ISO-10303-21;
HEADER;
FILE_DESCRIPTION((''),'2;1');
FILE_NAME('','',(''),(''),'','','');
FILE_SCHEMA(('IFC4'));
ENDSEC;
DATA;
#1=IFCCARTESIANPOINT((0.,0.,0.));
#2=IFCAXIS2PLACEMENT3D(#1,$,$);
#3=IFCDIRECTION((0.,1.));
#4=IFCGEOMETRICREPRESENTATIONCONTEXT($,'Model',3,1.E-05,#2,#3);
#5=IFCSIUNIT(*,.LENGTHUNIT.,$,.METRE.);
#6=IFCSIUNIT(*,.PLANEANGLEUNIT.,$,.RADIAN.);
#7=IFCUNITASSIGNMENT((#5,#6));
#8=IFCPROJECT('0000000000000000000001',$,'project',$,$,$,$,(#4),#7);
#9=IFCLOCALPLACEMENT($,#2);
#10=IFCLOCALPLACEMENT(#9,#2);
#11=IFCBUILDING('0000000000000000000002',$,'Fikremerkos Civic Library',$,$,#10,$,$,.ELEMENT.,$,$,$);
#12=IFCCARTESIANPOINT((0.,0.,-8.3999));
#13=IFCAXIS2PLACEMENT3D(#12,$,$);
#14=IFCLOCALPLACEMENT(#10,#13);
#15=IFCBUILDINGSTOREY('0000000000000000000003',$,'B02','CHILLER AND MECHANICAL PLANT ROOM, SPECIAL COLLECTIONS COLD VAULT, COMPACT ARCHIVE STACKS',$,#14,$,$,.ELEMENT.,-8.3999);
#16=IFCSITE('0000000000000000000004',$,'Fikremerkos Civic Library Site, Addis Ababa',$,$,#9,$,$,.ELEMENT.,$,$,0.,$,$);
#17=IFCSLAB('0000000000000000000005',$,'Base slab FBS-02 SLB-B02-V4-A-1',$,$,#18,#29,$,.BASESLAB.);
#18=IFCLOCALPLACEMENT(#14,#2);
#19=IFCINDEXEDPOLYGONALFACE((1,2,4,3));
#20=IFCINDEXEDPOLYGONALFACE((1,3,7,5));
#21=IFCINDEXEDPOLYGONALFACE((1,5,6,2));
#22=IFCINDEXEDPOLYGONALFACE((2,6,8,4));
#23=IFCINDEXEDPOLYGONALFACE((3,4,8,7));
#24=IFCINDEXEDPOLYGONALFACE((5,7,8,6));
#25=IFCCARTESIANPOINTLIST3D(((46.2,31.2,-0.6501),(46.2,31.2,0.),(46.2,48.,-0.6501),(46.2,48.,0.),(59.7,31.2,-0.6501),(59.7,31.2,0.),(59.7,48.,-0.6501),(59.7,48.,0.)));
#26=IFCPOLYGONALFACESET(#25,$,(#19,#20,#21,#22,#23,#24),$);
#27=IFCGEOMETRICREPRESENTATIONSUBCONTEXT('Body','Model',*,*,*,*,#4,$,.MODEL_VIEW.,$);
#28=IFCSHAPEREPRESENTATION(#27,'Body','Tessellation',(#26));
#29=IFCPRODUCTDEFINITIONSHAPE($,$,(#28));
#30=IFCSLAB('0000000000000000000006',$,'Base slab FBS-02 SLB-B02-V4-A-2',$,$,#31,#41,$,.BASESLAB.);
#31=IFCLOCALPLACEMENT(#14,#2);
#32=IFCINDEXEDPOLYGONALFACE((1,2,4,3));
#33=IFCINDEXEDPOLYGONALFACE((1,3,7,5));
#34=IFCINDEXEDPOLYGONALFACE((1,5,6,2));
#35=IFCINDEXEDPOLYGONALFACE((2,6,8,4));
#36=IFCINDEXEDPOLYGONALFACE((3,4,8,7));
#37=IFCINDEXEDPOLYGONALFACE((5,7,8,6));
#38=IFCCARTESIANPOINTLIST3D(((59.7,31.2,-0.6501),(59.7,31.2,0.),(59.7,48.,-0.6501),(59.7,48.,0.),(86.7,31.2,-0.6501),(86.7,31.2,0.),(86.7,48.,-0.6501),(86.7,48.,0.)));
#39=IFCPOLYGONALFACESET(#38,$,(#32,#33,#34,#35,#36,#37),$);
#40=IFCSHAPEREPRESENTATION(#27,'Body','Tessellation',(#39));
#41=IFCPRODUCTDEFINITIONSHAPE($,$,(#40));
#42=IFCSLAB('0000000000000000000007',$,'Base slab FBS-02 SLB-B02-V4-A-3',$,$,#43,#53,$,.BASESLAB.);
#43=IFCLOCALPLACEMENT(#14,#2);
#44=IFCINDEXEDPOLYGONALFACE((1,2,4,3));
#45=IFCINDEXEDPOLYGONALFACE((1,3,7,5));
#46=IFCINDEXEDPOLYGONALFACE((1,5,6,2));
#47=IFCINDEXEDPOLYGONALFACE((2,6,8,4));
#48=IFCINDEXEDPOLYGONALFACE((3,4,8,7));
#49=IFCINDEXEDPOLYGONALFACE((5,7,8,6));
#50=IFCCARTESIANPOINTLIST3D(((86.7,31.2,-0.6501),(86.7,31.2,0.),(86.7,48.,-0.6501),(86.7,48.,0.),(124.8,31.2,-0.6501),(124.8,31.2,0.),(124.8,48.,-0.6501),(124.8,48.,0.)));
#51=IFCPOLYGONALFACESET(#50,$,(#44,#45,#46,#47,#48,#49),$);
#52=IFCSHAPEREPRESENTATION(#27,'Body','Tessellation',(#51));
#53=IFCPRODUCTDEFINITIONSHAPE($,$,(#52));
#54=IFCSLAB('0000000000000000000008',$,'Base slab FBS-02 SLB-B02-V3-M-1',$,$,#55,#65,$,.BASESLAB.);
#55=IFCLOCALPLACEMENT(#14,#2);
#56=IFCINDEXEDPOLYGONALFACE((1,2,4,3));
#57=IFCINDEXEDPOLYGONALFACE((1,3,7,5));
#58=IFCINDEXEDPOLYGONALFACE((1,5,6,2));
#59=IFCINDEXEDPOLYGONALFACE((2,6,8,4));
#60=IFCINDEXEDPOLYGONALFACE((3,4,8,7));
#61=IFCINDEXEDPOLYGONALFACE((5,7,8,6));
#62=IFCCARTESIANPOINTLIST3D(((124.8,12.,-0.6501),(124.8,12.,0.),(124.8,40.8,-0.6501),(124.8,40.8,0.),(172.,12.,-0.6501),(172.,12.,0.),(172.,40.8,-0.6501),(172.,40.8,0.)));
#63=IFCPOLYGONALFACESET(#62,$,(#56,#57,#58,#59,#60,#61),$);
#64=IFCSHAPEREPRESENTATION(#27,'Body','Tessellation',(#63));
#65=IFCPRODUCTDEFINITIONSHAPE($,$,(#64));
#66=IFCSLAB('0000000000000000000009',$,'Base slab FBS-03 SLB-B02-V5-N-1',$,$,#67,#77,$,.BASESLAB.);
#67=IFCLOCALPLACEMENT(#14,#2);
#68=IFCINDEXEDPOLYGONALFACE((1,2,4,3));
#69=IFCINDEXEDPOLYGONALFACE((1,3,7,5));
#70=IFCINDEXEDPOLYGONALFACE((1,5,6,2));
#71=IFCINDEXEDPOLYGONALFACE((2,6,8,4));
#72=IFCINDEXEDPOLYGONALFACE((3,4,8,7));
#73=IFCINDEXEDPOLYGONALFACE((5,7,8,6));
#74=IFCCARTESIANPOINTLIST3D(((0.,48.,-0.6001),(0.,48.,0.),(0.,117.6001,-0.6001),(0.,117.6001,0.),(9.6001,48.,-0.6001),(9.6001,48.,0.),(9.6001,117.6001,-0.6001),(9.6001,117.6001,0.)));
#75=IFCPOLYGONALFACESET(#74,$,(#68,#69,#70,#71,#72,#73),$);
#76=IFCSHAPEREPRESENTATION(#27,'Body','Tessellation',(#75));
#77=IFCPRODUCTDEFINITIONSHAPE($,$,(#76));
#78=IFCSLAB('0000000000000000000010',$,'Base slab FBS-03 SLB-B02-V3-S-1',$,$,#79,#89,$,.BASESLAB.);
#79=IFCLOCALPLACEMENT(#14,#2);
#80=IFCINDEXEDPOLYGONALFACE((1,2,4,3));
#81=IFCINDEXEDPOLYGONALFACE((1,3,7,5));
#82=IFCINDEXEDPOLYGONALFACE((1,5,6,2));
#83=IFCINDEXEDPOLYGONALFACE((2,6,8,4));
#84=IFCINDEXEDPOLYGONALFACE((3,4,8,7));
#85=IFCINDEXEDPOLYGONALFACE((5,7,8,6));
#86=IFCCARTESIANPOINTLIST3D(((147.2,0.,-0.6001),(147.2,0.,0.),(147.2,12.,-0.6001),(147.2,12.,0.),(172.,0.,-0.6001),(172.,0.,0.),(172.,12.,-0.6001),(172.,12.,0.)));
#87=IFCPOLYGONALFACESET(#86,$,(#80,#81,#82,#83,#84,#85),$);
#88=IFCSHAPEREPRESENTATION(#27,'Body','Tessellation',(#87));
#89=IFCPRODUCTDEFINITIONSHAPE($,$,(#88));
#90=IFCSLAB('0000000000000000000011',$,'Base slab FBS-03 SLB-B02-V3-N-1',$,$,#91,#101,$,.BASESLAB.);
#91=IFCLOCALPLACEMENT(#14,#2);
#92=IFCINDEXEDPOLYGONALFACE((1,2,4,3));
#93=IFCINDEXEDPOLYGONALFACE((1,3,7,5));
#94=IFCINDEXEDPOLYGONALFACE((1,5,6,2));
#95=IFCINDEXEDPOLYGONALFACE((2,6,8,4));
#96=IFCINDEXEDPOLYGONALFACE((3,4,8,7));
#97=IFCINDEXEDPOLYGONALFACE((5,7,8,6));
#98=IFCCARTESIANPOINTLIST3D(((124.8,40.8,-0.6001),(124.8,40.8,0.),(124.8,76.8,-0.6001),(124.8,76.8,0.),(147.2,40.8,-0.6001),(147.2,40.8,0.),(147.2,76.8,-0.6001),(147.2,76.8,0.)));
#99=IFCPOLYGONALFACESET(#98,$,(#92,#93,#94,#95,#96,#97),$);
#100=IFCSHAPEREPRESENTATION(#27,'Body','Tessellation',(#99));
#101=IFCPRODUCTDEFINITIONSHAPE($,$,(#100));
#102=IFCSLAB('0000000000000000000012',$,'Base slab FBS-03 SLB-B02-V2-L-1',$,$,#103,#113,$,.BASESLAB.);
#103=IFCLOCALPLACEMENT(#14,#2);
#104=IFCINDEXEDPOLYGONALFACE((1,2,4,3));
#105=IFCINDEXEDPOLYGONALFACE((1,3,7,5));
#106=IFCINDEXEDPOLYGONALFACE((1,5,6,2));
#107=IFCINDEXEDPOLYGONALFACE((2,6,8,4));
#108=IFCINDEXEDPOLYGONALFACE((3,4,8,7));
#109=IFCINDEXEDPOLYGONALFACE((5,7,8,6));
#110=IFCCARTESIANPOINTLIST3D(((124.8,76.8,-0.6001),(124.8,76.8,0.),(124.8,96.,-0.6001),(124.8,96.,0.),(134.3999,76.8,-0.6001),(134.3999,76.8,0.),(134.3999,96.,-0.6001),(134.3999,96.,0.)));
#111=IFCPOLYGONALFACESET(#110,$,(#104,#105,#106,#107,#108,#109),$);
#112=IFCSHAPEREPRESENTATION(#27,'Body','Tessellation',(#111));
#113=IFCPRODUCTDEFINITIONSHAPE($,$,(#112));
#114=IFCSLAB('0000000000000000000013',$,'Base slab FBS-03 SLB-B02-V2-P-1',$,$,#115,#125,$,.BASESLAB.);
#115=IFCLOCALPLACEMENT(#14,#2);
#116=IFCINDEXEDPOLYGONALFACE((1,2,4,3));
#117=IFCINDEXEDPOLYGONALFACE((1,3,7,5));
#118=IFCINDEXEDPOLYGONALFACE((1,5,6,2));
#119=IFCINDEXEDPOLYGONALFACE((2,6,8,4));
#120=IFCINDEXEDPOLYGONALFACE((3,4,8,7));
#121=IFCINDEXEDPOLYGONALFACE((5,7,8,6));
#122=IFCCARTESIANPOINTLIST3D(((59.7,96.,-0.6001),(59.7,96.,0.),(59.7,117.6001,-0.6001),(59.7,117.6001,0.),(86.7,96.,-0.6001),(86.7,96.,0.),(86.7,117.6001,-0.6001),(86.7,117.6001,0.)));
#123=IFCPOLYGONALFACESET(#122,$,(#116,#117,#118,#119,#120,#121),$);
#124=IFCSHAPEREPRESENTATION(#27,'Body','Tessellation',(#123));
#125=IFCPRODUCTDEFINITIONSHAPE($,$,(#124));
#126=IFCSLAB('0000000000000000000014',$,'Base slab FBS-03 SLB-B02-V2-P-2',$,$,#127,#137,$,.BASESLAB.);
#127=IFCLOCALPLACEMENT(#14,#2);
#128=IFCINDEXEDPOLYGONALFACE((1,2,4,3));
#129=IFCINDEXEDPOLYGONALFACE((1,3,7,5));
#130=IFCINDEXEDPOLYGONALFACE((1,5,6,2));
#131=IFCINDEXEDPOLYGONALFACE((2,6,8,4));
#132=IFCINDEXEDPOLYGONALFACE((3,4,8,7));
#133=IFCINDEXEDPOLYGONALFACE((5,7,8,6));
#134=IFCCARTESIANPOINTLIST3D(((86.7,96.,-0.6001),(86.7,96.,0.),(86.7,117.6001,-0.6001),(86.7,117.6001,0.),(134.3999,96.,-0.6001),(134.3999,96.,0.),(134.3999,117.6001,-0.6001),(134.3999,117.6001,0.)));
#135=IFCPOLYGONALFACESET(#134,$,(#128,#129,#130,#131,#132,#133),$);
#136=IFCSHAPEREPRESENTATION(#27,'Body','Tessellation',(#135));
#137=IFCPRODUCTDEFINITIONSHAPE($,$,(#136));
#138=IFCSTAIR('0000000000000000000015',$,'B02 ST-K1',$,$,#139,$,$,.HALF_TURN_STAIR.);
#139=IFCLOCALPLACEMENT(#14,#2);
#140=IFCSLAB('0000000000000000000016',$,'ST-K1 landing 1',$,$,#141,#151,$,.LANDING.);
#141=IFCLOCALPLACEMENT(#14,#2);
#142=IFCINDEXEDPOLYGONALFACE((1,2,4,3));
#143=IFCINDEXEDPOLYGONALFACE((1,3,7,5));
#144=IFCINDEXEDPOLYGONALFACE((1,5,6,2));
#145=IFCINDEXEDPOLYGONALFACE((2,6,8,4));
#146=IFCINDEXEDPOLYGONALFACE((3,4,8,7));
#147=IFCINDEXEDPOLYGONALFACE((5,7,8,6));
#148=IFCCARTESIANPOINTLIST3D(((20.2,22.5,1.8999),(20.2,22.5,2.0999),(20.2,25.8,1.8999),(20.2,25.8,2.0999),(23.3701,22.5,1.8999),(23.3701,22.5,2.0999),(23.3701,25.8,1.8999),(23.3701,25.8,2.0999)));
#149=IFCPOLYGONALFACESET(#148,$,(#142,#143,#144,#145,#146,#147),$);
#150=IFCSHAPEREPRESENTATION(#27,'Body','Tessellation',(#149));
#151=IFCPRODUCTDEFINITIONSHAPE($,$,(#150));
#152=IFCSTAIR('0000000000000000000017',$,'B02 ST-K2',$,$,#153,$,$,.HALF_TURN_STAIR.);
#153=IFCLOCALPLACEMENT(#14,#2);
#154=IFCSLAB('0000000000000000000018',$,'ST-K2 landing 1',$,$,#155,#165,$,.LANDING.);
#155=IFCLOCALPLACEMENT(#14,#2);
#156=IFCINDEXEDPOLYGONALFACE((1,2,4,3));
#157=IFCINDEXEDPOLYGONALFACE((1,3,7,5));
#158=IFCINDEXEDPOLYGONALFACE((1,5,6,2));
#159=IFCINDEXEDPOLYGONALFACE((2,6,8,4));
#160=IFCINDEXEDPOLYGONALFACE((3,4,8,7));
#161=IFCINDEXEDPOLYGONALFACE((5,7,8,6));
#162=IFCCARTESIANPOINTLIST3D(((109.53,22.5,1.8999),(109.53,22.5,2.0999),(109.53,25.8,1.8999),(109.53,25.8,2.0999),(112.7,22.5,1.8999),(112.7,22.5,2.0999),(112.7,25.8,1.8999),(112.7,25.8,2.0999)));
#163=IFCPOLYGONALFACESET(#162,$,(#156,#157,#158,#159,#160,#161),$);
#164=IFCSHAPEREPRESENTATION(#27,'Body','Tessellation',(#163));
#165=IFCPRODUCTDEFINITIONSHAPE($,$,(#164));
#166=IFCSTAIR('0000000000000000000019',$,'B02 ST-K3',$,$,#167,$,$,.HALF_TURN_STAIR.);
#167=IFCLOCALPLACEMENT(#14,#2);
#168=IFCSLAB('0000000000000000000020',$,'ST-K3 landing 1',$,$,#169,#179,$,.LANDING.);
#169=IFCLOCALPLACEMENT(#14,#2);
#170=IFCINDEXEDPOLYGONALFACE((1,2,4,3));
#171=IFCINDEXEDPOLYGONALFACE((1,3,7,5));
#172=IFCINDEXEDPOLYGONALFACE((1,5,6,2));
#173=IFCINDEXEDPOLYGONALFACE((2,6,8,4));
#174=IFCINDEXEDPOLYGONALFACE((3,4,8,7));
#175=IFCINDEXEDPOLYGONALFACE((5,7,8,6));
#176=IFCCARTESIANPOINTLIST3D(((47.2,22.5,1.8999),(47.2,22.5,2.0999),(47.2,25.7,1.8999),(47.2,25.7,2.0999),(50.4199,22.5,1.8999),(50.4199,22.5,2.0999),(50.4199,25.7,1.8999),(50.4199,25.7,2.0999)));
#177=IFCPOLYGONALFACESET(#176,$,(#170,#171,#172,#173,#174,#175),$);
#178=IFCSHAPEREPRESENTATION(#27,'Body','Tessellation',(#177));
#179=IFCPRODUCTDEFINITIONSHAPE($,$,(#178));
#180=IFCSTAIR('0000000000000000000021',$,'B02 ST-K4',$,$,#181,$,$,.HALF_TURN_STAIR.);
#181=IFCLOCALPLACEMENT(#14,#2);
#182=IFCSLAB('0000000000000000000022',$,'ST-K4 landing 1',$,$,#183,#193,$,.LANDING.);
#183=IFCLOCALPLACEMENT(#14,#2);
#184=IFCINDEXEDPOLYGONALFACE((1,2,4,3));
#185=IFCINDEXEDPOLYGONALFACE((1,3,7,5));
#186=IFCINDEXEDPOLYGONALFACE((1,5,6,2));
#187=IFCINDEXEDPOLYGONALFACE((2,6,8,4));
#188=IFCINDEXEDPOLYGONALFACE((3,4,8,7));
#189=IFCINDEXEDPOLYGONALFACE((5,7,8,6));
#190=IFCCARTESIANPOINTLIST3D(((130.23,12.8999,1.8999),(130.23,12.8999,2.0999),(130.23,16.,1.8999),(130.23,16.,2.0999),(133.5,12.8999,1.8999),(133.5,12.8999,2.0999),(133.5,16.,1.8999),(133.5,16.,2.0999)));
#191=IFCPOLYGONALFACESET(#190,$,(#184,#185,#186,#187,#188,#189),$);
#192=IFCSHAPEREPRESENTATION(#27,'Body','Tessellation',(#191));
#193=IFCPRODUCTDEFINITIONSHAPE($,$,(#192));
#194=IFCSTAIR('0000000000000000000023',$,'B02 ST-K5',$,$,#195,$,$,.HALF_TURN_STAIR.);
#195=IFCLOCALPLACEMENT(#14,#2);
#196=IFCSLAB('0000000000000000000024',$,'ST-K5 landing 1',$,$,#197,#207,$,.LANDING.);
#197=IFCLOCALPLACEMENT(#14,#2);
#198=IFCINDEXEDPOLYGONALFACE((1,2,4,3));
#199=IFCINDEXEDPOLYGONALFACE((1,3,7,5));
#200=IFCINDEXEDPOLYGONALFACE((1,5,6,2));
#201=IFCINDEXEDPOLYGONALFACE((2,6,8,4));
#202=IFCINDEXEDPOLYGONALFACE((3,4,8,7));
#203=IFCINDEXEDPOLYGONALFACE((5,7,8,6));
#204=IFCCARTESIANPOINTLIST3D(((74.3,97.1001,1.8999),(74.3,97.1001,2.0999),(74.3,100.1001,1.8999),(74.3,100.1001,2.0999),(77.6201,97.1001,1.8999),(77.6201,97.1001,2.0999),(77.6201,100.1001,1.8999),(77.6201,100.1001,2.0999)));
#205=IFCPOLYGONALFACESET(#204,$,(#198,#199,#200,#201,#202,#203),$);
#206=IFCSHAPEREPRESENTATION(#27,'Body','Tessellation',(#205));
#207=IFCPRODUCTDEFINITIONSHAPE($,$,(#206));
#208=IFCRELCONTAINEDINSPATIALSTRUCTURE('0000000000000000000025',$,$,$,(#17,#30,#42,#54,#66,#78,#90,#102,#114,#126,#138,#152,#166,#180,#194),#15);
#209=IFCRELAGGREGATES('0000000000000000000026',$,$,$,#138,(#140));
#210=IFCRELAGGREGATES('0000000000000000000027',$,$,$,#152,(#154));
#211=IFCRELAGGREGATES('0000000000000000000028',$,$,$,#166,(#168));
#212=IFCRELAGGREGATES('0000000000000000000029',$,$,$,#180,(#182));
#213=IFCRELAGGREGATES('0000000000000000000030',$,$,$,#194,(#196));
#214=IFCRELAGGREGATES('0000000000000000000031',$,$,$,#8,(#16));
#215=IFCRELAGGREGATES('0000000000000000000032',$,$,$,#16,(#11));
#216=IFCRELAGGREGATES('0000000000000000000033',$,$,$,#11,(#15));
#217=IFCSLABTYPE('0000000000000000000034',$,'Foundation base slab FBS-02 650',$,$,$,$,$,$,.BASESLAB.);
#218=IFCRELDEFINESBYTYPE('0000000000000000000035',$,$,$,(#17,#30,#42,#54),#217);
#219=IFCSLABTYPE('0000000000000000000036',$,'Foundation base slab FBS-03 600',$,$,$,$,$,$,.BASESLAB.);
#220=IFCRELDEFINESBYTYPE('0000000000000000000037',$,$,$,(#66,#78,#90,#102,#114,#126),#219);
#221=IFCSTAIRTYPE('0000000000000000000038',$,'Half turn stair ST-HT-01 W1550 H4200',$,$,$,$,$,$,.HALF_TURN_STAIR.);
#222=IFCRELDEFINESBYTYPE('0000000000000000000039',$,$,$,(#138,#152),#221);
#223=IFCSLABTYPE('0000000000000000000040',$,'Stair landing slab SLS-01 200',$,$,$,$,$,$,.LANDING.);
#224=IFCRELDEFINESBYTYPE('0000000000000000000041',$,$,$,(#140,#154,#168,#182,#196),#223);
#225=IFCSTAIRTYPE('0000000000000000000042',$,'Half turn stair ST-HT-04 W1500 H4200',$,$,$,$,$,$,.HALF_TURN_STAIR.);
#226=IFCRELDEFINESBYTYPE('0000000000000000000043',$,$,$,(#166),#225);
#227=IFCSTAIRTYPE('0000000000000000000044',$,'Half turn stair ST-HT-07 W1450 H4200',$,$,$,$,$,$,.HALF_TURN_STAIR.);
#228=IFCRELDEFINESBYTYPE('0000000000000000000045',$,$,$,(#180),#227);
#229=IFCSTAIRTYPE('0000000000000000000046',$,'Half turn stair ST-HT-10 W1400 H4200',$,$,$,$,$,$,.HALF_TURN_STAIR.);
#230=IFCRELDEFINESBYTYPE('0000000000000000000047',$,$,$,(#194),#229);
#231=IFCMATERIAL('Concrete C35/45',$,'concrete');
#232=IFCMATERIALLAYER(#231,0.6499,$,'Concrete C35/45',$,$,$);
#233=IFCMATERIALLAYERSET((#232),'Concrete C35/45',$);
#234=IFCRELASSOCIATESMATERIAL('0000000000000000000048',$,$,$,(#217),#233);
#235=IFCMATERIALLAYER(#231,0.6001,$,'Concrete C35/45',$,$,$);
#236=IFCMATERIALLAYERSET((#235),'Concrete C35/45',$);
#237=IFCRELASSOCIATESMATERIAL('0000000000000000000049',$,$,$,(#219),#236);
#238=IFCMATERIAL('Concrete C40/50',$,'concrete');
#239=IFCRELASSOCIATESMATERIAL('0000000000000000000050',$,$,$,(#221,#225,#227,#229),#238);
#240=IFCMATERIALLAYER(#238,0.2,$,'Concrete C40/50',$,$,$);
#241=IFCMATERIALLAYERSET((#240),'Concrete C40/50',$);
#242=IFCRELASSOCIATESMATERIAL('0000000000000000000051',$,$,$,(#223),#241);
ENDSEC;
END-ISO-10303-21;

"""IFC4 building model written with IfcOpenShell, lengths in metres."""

from ifc_helpers import new_model, si_unit, direction, frame, origin, place, context, subcontext, project, spatial, polyline, outline, extrude, material, layer, layer_set, type_object, element, aggregate, save


model = new_model("IFC4")

# Units and contexts
model_context = context("Model", 3, precision=1e-05, world=origin(), true_north=direction((0.0, 1.0)))
body_context = subcontext(model_context, "Body", "Model", "MODEL_VIEW")
ifc_project = project(units=[si_unit("LENGTHUNIT", "METRE"), si_unit("PLANEANGLEUNIT", "RADIAN")], contexts=[model_context])

# Site, building, storey
site_placement = place(None, origin())
site = spatial("IfcSite", under=ifc_project, at=site_placement, Name="Fikremerkos Civic Library Site, Addis Ababa", CompositionType="ELEMENT", RefElevation=0.0)
building_placement = place(site_placement, origin())
building = spatial("IfcBuilding", under=site, at=building_placement, Name="Fikremerkos Civic Library", CompositionType="ELEMENT")
storey_placement = place(building_placement, frame((0.0, 0.0, -8.3999)))
storey = spatial("IfcBuildingStorey", under=building, at=storey_placement, Name="B02", Description="CHILLER AND MECHANICAL PLANT ROOM, SPECIAL COLLECTIONS COLD VAULT, COMPACT ARCHIVE STACKS", CompositionType="ELEMENT", Elevation=-8.3999)

# Shared definitions
ifc_material_1 = material(Name="Concrete C35/45", Category="concrete")

# Shared definitions
ifc_material_2 = material(Name="Concrete C40/50", Category="concrete")

# Slabs
ifc_layer_1 = layer(ifc_material_1, 0.6499, Name="Concrete C35/45")
ifc_layer_set_1 = layer_set([ifc_layer_1], Name="Concrete C35/45")
slab_type_1 = type_object("IfcSlabType", Name="Foundation base slab FBS-02 650", PredefinedType="BASESLAB", material=ifc_layer_set_1)
slab_1_placement = place(storey_placement, frame((0.0, 0.0, -0.6501)))
element("IfcSlab", 1, at=slab_1_placement, inside=storey, type_object=slab_type_1, Name="Base slab FBS-02 SLB-B02-V4-A-1", PredefinedType="BASESLAB", context=body_context, shape_type="SweptSolid", body=[
    extrude(outline(polyline([(46.2, 31.2), (59.7, 31.2), (59.7, 48.0), (46.2, 48.0), (46.2, 31.2)])), origin(), (0.0, 0.0, 1.0), 0.6501),
])
slab_2_placement = place(storey_placement, frame((0.0, 0.0, -0.6501)))
element("IfcSlab", 2, at=slab_2_placement, inside=storey, type_object=slab_type_1, Name="Base slab FBS-02 SLB-B02-V4-A-2", PredefinedType="BASESLAB", context=body_context, shape_type="SweptSolid", body=[
    extrude(outline(polyline([(59.7, 31.2), (86.7, 31.2), (86.7, 48.0), (59.7, 48.0), (59.7, 31.2)])), origin(), (0.0, 0.0, 1.0), 0.6501),
])
slab_3_placement = place(storey_placement, frame((0.0, 0.0, -0.6501)))
element("IfcSlab", 3, at=slab_3_placement, inside=storey, type_object=slab_type_1, Name="Base slab FBS-02 SLB-B02-V4-A-3", PredefinedType="BASESLAB", context=body_context, shape_type="SweptSolid", body=[
    extrude(outline(polyline([(86.7, 31.2), (124.8, 31.2), (124.8, 48.0), (86.7, 48.0), (86.7, 31.2)])), origin(), (0.0, 0.0, 1.0), 0.6501),
])
slab_4_placement = place(storey_placement, frame((0.0, 0.0, -0.6501)))
element("IfcSlab", 4, at=slab_4_placement, inside=storey, type_object=slab_type_1, Name="Base slab FBS-02 SLB-B02-V3-M-1", PredefinedType="BASESLAB", context=body_context, shape_type="SweptSolid", body=[
    extrude(outline(polyline([(124.8, 12.0), (172.0, 12.0), (172.0, 40.8), (124.8, 40.8), (124.8, 12.0)])), origin(), (0.0, 0.0, 1.0), 0.6501),
])
ifc_layer_2 = layer(ifc_material_1, 0.6001, Name="Concrete C35/45")
ifc_layer_set_2 = layer_set([ifc_layer_2], Name="Concrete C35/45")
slab_type_2 = type_object("IfcSlabType", Name="Foundation base slab FBS-03 600", PredefinedType="BASESLAB", material=ifc_layer_set_2)
slab_5_placement = place(storey_placement, frame((0.0, 0.0, -0.6001)))
element("IfcSlab", 5, at=slab_5_placement, inside=storey, type_object=slab_type_2, Name="Base slab FBS-03 SLB-B02-V5-N-1", PredefinedType="BASESLAB", context=body_context, shape_type="SweptSolid", body=[
    extrude(outline(polyline([(0.0, 48.0), (9.6001, 48.0), (9.6001, 117.6001), (0.0, 117.6001), (0.0, 48.0)])), origin(), (0.0, 0.0, 1.0), 0.6001),
])
slab_6_placement = place(storey_placement, frame((0.0, 0.0, -0.6001)))
element("IfcSlab", 6, at=slab_6_placement, inside=storey, type_object=slab_type_2, Name="Base slab FBS-03 SLB-B02-V3-S-1", PredefinedType="BASESLAB", context=body_context, shape_type="SweptSolid", body=[
    extrude(outline(polyline([(147.2, 0.0), (172.0, 0.0), (172.0, 12.0), (147.2, 12.0), (147.2, 0.0)])), origin(), (0.0, 0.0, 1.0), 0.6001),
])
slab_7_placement = place(storey_placement, frame((0.0, 0.0, -0.6001)))
element("IfcSlab", 7, at=slab_7_placement, inside=storey, type_object=slab_type_2, Name="Base slab FBS-03 SLB-B02-V3-N-1", PredefinedType="BASESLAB", context=body_context, shape_type="SweptSolid", body=[
    extrude(outline(polyline([(124.8, 40.8), (147.2, 40.8), (147.2, 76.8), (124.8, 76.8), (124.8, 40.8)])), origin(), (0.0, 0.0, 1.0), 0.6001),
])
slab_8_placement = place(storey_placement, frame((0.0, 0.0, -0.6001)))
element("IfcSlab", 8, at=slab_8_placement, inside=storey, type_object=slab_type_2, Name="Base slab FBS-03 SLB-B02-V2-L-1", PredefinedType="BASESLAB", context=body_context, shape_type="SweptSolid", body=[
    extrude(outline(polyline([(124.8, 76.8), (134.3999, 76.8), (134.3999, 96.0), (124.8, 96.0), (124.8, 76.8)])), origin(), (0.0, 0.0, 1.0), 0.6001),
])
slab_9_placement = place(storey_placement, frame((0.0, 0.0, -0.6001)))
element("IfcSlab", 9, at=slab_9_placement, inside=storey, type_object=slab_type_2, Name="Base slab FBS-03 SLB-B02-V2-P-1", PredefinedType="BASESLAB", context=body_context, shape_type="SweptSolid", body=[
    extrude(outline(polyline([(59.7, 96.0), (86.7, 96.0), (86.7, 117.6001), (59.7, 117.6001), (59.7, 96.0)])), origin(), (0.0, 0.0, 1.0), 0.6001),
])
slab_10_placement = place(storey_placement, frame((0.0, 0.0, -0.6001)))
element("IfcSlab", 10, at=slab_10_placement, inside=storey, type_object=slab_type_2, Name="Base slab FBS-03 SLB-B02-V2-P-2", PredefinedType="BASESLAB", context=body_context, shape_type="SweptSolid", body=[
    extrude(outline(polyline([(86.7, 96.0), (134.3999, 96.0), (134.3999, 117.6001), (86.7, 117.6001), (86.7, 96.0)])), origin(), (0.0, 0.0, 1.0), 0.6001),
])

# Stairs, slabs
stair_type_1 = type_object("IfcStairType", Name="Half turn stair ST-HT-01 W1550 H4200", PredefinedType="HALF_TURN_STAIR", material=ifc_material_2)
stair_1_placement = place(storey_placement, origin())
stair_1 = element("IfcStair", 11, at=stair_1_placement, inside=storey, type_object=stair_type_1, Name="B02 ST-K1", PredefinedType="HALF_TURN_STAIR")
ifc_layer_3 = layer(ifc_material_2, 0.2, Name="Concrete C40/50")
ifc_layer_set_3 = layer_set([ifc_layer_3], Name="Concrete C40/50")
slab_type_3 = type_object("IfcSlabType", Name="Stair landing slab SLS-01 200", PredefinedType="LANDING", material=ifc_layer_set_3)
slab_11_placement = place(storey_placement, frame((0.0, 0.0, 1.8999)))
slab_11 = element("IfcSlab", 12, at=slab_11_placement, type_object=slab_type_3, Name="ST-K1 landing 1", PredefinedType="LANDING", context=body_context, shape_type="SweptSolid", body=[
    extrude(outline(polyline([(23.3701, 25.8), (20.2, 25.8), (20.2, 22.5), (23.3701, 22.5), (23.3701, 25.8)])), origin(), (0.0, 0.0, 1.0), 0.2),
])
aggregate(stair_1, [slab_11])
stair_2_placement = place(storey_placement, origin())
stair_2 = element("IfcStair", 13, at=stair_2_placement, inside=storey, type_object=stair_type_1, Name="B02 ST-K2", PredefinedType="HALF_TURN_STAIR")
slab_12_placement = place(storey_placement, frame((0.0, 0.0, 1.8999)))
slab_12 = element("IfcSlab", 14, at=slab_12_placement, type_object=slab_type_3, Name="ST-K2 landing 1", PredefinedType="LANDING", context=body_context, shape_type="SweptSolid", body=[
    extrude(outline(polyline([(109.53, 22.5), (112.7, 22.5), (112.7, 25.8), (109.53, 25.8), (109.53, 22.5)])), origin(), (0.0, 0.0, 1.0), 0.2),
])
aggregate(stair_2, [slab_12])
stair_type_2 = type_object("IfcStairType", Name="Half turn stair ST-HT-04 W1500 H4200", PredefinedType="HALF_TURN_STAIR", material=ifc_material_2)
stair_3_placement = place(storey_placement, origin())
stair_3 = element("IfcStair", 15, at=stair_3_placement, inside=storey, type_object=stair_type_2, Name="B02 ST-K3", PredefinedType="HALF_TURN_STAIR")
slab_13_placement = place(storey_placement, frame((0.0, 0.0, 1.8999)))
slab_13 = element("IfcSlab", 16, at=slab_13_placement, type_object=slab_type_3, Name="ST-K3 landing 1", PredefinedType="LANDING", context=body_context, shape_type="SweptSolid", body=[
    extrude(outline(polyline([(50.4199, 25.7), (47.2, 25.7), (47.2, 22.5), (50.4199, 22.5), (50.4199, 25.7)])), origin(), (0.0, 0.0, 1.0), 0.2),
])
aggregate(stair_3, [slab_13])
stair_type_3 = type_object("IfcStairType", Name="Half turn stair ST-HT-07 W1450 H4200", PredefinedType="HALF_TURN_STAIR", material=ifc_material_2)
stair_4_placement = place(storey_placement, origin())
stair_4 = element("IfcStair", 17, at=stair_4_placement, inside=storey, type_object=stair_type_3, Name="B02 ST-K4", PredefinedType="HALF_TURN_STAIR")
slab_14_placement = place(storey_placement, frame((0.0, 0.0, 1.8999)))
slab_14 = element("IfcSlab", 18, at=slab_14_placement, type_object=slab_type_3, Name="ST-K4 landing 1", PredefinedType="LANDING", context=body_context, shape_type="SweptSolid", body=[
    extrude(outline(polyline([(130.23, 12.8999), (133.5, 12.8999), (133.5, 16.0), (130.23, 16.0), (130.23, 12.8999)])), origin(), (0.0, 0.0, 1.0), 0.2),
])
aggregate(stair_4, [slab_14])
stair_type_4 = type_object("IfcStairType", Name="Half turn stair ST-HT-10 W1400 H4200", PredefinedType="HALF_TURN_STAIR", material=ifc_material_2)
stair_5_placement = place(storey_placement, origin())
stair_5 = element("IfcStair", 19, at=stair_5_placement, inside=storey, type_object=stair_type_4, Name="B02 ST-K5", PredefinedType="HALF_TURN_STAIR")
slab_15_placement = place(storey_placement, frame((0.0, 0.0, 1.8999)))
slab_15 = element("IfcSlab", 20, at=slab_15_placement, type_object=slab_type_3, Name="ST-K5 landing 1", PredefinedType="LANDING", context=body_context, shape_type="SweptSolid", body=[
    extrude(outline(polyline([(77.6201, 100.1001), (74.3, 100.1001), (74.3, 97.1001), (77.6201, 97.1001), (77.6201, 100.1001)])), origin(), (0.0, 0.0, 1.0), 0.2),
])
aggregate(stair_5, [slab_15])

save(model, "model.ifc")
